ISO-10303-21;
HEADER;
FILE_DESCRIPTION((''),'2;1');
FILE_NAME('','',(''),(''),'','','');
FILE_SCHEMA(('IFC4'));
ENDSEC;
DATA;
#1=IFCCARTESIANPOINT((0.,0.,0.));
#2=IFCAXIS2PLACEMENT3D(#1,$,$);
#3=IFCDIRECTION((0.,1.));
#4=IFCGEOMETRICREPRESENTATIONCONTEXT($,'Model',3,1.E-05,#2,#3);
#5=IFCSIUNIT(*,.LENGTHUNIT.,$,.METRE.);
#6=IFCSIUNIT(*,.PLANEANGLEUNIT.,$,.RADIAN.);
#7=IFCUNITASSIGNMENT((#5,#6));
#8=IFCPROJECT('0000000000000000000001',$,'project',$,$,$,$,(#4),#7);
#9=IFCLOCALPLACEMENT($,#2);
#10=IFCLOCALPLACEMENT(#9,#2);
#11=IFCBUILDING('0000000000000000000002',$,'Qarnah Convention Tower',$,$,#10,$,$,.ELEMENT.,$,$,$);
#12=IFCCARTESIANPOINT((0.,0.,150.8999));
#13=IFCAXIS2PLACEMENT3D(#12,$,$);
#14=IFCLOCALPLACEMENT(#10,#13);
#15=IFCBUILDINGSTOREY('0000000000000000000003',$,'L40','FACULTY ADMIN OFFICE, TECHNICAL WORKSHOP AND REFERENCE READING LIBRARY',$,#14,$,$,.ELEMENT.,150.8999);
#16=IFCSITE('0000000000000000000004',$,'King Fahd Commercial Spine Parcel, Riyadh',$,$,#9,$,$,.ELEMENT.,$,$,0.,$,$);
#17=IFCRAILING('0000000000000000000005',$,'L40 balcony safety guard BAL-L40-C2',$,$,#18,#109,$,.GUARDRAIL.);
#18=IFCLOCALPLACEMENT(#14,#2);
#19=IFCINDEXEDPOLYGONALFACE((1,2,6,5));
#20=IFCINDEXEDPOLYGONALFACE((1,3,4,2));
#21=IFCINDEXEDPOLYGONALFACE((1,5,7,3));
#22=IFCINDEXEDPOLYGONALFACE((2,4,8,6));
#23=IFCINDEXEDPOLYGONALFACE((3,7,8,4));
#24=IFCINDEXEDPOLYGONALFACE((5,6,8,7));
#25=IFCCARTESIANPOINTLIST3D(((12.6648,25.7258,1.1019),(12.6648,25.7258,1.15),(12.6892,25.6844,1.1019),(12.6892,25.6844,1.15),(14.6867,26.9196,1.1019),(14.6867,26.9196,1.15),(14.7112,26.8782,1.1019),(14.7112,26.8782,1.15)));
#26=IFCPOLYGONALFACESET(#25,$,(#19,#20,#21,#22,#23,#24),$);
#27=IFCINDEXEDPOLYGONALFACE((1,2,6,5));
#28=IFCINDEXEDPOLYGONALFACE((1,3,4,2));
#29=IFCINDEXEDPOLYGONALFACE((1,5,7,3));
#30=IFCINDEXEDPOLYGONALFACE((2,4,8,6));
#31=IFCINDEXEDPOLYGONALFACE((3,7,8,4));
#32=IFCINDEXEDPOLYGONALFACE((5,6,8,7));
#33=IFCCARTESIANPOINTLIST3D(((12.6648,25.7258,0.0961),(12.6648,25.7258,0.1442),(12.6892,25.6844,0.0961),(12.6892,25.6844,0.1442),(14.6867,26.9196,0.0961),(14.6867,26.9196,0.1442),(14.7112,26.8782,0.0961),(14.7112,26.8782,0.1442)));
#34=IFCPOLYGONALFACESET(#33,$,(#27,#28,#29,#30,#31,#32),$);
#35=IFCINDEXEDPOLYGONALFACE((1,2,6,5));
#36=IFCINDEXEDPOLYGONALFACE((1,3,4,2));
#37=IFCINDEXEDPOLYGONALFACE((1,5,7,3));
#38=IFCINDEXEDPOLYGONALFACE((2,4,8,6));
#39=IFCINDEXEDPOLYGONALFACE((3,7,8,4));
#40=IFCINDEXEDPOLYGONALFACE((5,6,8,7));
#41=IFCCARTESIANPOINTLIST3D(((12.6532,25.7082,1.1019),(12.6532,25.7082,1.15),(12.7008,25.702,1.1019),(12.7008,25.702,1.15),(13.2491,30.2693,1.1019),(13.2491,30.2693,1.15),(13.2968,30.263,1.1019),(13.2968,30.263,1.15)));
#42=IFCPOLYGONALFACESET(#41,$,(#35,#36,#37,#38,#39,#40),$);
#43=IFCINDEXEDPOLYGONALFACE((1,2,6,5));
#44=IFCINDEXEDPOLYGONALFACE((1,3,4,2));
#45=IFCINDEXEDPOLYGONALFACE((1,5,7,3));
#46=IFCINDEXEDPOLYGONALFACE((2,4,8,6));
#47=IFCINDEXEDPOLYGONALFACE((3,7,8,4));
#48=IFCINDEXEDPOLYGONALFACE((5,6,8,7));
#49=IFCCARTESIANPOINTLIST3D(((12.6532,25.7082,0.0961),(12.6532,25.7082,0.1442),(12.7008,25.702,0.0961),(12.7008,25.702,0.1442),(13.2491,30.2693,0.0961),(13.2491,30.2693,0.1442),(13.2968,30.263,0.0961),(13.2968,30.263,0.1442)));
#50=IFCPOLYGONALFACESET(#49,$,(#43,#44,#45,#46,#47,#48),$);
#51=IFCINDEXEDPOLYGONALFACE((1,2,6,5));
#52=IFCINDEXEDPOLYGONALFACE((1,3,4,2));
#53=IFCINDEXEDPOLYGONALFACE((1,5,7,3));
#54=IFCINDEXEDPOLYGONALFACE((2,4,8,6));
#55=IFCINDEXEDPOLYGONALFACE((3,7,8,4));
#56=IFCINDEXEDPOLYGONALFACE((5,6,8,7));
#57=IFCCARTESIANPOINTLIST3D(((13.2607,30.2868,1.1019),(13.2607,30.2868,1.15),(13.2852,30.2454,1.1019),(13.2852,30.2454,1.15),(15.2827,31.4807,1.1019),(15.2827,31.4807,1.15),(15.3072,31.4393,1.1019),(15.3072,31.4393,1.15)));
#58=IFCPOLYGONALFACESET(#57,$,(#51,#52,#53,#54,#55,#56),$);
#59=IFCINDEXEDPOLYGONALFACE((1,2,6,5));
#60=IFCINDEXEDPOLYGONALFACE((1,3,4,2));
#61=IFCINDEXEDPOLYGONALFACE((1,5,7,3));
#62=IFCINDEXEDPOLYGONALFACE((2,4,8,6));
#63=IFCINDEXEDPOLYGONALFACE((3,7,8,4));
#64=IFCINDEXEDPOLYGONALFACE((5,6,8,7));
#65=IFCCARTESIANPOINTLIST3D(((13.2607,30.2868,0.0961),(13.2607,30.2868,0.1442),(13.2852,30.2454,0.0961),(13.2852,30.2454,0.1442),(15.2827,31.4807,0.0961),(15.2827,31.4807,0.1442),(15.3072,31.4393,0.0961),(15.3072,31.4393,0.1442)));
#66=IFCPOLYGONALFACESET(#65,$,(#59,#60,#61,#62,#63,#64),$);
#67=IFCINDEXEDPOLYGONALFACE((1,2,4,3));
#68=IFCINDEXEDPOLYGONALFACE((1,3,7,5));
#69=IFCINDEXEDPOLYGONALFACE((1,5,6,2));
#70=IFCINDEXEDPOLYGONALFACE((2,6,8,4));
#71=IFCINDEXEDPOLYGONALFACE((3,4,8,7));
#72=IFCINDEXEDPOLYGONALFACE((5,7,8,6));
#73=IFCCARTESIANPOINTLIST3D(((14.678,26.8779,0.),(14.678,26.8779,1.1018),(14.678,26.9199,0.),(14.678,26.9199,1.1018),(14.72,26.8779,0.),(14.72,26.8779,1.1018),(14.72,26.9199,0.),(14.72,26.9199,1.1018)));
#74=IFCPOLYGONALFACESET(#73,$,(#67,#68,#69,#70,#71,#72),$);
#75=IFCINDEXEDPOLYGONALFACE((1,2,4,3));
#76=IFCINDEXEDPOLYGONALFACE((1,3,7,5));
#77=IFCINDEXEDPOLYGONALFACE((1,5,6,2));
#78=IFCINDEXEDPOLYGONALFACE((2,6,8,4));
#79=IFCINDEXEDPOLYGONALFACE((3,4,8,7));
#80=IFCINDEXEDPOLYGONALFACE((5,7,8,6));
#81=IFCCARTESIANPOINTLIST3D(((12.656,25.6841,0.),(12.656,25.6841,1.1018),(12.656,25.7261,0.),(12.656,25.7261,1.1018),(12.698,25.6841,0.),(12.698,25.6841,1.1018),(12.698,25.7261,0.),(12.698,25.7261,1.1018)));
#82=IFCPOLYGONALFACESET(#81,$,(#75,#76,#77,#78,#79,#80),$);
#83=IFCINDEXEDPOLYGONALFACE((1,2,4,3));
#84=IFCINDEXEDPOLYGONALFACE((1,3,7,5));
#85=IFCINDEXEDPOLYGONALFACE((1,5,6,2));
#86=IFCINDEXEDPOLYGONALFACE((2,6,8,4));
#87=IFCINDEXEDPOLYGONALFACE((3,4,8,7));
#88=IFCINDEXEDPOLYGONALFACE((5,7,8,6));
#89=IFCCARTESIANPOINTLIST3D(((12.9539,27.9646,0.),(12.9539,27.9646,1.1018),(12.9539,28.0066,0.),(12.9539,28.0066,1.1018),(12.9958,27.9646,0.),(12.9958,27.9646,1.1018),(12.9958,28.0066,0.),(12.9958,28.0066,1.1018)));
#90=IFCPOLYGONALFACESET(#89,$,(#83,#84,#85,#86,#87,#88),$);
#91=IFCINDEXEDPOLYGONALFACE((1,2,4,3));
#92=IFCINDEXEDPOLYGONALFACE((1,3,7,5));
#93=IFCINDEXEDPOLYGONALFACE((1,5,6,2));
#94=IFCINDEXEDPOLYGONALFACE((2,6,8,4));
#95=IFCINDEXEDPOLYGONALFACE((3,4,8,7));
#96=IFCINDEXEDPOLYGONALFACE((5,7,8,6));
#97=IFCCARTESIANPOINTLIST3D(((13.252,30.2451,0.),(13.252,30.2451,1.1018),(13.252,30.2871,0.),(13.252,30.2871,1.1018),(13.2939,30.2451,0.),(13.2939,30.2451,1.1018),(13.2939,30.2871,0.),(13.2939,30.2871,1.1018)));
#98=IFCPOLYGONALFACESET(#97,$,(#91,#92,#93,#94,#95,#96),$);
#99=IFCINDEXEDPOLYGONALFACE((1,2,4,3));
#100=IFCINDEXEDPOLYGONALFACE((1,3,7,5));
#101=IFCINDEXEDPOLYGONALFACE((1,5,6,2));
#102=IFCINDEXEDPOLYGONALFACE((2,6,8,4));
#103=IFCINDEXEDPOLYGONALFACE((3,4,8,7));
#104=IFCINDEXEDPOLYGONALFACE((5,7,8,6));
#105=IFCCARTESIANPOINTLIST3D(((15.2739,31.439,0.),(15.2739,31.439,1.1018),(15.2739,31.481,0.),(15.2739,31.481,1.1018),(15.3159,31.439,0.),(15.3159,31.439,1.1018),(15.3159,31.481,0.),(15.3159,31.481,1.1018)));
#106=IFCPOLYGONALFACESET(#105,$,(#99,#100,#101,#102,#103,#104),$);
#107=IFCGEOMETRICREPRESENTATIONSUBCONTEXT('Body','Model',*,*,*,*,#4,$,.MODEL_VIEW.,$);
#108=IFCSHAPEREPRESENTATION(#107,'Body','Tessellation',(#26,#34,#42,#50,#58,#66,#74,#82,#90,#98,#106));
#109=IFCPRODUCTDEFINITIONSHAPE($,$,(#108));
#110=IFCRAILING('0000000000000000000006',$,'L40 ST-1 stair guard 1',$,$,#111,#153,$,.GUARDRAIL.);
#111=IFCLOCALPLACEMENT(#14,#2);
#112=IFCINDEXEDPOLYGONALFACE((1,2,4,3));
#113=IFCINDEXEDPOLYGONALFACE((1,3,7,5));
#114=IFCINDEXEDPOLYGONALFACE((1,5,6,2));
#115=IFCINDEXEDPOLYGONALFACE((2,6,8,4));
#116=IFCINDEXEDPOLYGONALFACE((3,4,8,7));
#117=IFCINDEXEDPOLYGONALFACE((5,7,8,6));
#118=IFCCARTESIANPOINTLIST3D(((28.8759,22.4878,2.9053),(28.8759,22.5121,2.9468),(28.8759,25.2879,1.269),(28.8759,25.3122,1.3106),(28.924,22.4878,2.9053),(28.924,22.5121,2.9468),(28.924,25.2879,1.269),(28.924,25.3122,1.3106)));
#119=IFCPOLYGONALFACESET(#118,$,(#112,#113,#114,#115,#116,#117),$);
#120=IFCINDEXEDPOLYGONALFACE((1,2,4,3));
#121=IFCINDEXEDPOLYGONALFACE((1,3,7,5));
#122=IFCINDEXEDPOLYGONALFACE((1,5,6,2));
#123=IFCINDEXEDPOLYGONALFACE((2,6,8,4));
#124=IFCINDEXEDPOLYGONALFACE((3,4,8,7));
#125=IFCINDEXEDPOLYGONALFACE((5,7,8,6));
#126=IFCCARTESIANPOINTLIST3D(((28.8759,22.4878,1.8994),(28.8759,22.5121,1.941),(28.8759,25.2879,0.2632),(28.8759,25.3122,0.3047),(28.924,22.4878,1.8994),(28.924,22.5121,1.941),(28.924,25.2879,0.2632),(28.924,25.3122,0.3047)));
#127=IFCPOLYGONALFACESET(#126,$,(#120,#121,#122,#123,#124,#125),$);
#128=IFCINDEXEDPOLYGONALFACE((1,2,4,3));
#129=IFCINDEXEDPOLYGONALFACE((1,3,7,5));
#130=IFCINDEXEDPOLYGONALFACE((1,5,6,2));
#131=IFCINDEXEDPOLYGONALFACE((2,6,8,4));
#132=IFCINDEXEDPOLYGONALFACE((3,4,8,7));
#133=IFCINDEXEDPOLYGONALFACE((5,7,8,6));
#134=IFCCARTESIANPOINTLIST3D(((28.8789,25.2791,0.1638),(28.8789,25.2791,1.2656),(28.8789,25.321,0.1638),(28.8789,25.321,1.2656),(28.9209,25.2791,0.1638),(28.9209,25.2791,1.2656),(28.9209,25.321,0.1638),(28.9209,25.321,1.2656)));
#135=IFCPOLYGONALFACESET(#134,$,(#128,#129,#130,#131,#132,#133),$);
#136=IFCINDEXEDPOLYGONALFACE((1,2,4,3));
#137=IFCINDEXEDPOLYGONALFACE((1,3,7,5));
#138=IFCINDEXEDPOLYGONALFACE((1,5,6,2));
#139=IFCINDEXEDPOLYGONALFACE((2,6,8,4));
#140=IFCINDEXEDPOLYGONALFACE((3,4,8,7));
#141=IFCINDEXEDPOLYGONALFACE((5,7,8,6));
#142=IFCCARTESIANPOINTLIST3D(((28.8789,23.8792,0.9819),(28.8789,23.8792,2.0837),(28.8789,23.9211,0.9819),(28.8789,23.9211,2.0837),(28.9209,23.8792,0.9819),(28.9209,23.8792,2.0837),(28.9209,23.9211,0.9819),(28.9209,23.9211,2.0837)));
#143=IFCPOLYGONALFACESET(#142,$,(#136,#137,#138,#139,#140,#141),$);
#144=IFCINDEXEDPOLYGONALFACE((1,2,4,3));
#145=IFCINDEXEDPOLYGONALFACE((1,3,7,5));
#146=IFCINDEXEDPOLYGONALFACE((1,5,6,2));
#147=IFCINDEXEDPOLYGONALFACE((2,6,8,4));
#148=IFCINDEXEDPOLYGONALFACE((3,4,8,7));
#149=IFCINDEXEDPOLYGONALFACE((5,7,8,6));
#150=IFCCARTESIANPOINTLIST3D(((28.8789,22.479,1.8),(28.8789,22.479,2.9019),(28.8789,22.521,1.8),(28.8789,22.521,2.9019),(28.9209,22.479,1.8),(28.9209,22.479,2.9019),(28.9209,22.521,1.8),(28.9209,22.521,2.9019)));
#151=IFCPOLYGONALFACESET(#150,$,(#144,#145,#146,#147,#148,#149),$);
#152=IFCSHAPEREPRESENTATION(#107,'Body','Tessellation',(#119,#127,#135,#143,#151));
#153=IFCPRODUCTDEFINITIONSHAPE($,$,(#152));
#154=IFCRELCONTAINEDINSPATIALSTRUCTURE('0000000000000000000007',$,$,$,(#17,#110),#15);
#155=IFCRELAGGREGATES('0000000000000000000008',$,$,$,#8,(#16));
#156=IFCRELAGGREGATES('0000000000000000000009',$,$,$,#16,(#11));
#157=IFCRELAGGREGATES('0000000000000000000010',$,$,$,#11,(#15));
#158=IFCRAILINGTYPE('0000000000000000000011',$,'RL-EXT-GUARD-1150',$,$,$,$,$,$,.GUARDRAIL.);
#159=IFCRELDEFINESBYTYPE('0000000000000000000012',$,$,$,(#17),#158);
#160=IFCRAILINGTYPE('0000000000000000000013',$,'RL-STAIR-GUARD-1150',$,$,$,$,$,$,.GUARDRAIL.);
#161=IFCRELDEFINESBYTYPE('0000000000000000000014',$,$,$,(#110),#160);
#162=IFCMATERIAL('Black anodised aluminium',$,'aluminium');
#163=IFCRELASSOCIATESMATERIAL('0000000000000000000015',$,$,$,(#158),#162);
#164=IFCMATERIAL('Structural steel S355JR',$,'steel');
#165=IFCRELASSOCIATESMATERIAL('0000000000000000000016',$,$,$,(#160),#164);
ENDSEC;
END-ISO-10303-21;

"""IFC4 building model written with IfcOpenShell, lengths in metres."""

from ifc_helpers import new_model, si_unit, direction, frame, origin, origin_2d, place, context, subcontext, project, spatial, rectangle, extrude, material, type_object, element, save


model = new_model("IFC4")

# Units and contexts
model_context = context("Model", 3, precision=1e-05, world=origin(), true_north=direction((0.0, 1.0)))
body_context = subcontext(model_context, "Body", "Model", "MODEL_VIEW")
ifc_project = project(units=[si_unit("LENGTHUNIT", "METRE"), si_unit("PLANEANGLEUNIT", "RADIAN")], contexts=[model_context])

# Site, building, storey
site_placement = place(None, origin())
site = spatial("IfcSite", under=ifc_project, at=site_placement, Name="King Fahd Commercial Spine Parcel, Riyadh", CompositionType="ELEMENT", RefElevation=0.0)
building_placement = place(site_placement, origin())
building = spatial("IfcBuilding", under=site, at=building_placement, Name="Qarnah Convention Tower", CompositionType="ELEMENT")
storey_placement = place(building_placement, frame((0.0, 0.0, 150.8999)))
storey = spatial("IfcBuildingStorey", under=building, at=storey_placement, Name="L40", Description="FACULTY ADMIN OFFICE, TECHNICAL WORKSHOP AND REFERENCE READING LIBRARY", CompositionType="ELEMENT", Elevation=150.8999)

# Shared definitions
ifc_material_1 = material(Name="Structural steel S355JR", Category="steel")

# Shared definitions
ifc_material_2 = material(Name="Black anodised aluminium", Category="aluminium")

# Railings
railing_type_1 = type_object("IfcRailingType", Name="RL-EXT-GUARD-1150", PredefinedType="GUARDRAIL", material=ifc_material_2)
railing_1_placement = place(storey_placement, frame((14.699, 26.8989, 0.0)))
element("IfcRailing", 1, at=railing_1_placement, inside=storey, type_object=railing_type_1, Name="L40 balcony safety guard BAL-L40-C2", PredefinedType="GUARDRAIL", context=body_context, shape_type="SweptSolid", body=[
    extrude(rectangle(XDim=0.0481, YDim=0.0481, at=origin_2d()), frame((0.0, 0.0, 1.126), z_axis=(-0.861104, -0.508428, 0.0), x_axis=(0.508428, -0.861104, 0.0)), (0.0, 0.0, 1.0), 2.3481),
    extrude(rectangle(XDim=0.0481, YDim=0.0481, at=origin_2d()), frame((0.0, 0.0, 0.1201), z_axis=(-0.861104, -0.508428, 0.0), x_axis=(0.508428, -0.861104, 0.0)), (0.0, 0.0, 1.0), 2.3481),
    extrude(rectangle(XDim=0.0481, YDim=0.0481, at=origin_2d()), frame((-2.022, -1.1938, 1.126), z_axis=(0.129559, 0.991572, 0.0), x_axis=(-0.991572, 0.129559, 0.0)), (0.0, 0.0, 1.0), 4.5999),
    extrude(rectangle(XDim=0.0481, YDim=0.0481, at=origin_2d()), frame((-2.022, -1.1938, 0.1201), z_axis=(0.129559, 0.991572, 0.0), x_axis=(-0.991572, 0.129559, 0.0)), (0.0, 0.0, 1.0), 4.5999),
    extrude(rectangle(XDim=0.0481, YDim=0.0481, at=origin_2d()), frame((-1.426, 3.3672, 1.126), z_axis=(0.861104, 0.508428, 0.0), x_axis=(-0.508428, 0.861104, 0.0)), (0.0, 0.0, 1.0), 2.3481),
    extrude(rectangle(XDim=0.0481, YDim=0.0481, at=origin_2d()), frame((-1.426, 3.3672, 0.1201), z_axis=(0.861104, 0.508428, 0.0), x_axis=(-0.508428, 0.861104, 0.0)), (0.0, 0.0, 1.0), 2.3481),
    extrude(rectangle(XDim=0.042, YDim=0.042, at=origin_2d()), origin(), (0.0, 0.0, 1.0), 1.1018),
    extrude(rectangle(XDim=0.042, YDim=0.042, at=origin_2d()), frame((-2.022, -1.1938, 0.0)), (0.0, 0.0, 1.0), 1.1018),
    extrude(rectangle(XDim=0.042, YDim=0.042, at=origin_2d()), frame((-1.7241, 1.0867, 0.0)), (0.0, 0.0, 1.0), 1.1018),
    extrude(rectangle(XDim=0.042, YDim=0.042, at=origin_2d()), frame((-1.426, 3.3672, 0.0)), (0.0, 0.0, 1.0), 1.1018),
    extrude(rectangle(XDim=0.042, YDim=0.042, at=origin_2d()), frame((0.5959, 4.561, 0.0)), (0.0, 0.0, 1.0), 1.1018),
])
railing_type_2 = type_object("IfcRailingType", Name="RL-STAIR-GUARD-1150", PredefinedType="GUARDRAIL", material=ifc_material_1)
railing_2_placement = place(storey_placement, frame((28.8999, 25.3, 0.1638)))
element("IfcRailing", 2, at=railing_2_placement, inside=storey, type_object=railing_type_2, Name="L40 ST-1 stair guard 1", PredefinedType="GUARDRAIL", context=body_context, shape_type="SweptSolid", body=[
    extrude(rectangle(XDim=0.0481, YDim=0.0481, at=origin_2d()), frame((0.0, 0.0, 1.126), z_axis=(0.0, -0.863394, 0.504531), x_axis=(1.0, 0.0, 0.0)), (0.0, 0.0, 1.0), 3.2432),
    extrude(rectangle(XDim=0.0481, YDim=0.0481, at=origin_2d()), frame((0.0, 0.0, 0.1201), z_axis=(0.0, -0.863394, 0.504531), x_axis=(1.0, 0.0, 0.0)), (0.0, 0.0, 1.0), 3.2432),
    extrude(rectangle(XDim=0.042, YDim=0.042, at=origin_2d()), origin(), (0.0, 0.0, 1.0), 1.1018),
    extrude(rectangle(XDim=0.042, YDim=0.042, at=origin_2d()), frame((0.0, -1.3999, 0.8181)), (0.0, 0.0, 1.0), 1.1018),
    extrude(rectangle(XDim=0.042, YDim=0.042, at=origin_2d()), frame((0.0, -2.8, 1.6362)), (0.0, 0.0, 1.0), 1.1018),
])

save(model, "model.ifc")
